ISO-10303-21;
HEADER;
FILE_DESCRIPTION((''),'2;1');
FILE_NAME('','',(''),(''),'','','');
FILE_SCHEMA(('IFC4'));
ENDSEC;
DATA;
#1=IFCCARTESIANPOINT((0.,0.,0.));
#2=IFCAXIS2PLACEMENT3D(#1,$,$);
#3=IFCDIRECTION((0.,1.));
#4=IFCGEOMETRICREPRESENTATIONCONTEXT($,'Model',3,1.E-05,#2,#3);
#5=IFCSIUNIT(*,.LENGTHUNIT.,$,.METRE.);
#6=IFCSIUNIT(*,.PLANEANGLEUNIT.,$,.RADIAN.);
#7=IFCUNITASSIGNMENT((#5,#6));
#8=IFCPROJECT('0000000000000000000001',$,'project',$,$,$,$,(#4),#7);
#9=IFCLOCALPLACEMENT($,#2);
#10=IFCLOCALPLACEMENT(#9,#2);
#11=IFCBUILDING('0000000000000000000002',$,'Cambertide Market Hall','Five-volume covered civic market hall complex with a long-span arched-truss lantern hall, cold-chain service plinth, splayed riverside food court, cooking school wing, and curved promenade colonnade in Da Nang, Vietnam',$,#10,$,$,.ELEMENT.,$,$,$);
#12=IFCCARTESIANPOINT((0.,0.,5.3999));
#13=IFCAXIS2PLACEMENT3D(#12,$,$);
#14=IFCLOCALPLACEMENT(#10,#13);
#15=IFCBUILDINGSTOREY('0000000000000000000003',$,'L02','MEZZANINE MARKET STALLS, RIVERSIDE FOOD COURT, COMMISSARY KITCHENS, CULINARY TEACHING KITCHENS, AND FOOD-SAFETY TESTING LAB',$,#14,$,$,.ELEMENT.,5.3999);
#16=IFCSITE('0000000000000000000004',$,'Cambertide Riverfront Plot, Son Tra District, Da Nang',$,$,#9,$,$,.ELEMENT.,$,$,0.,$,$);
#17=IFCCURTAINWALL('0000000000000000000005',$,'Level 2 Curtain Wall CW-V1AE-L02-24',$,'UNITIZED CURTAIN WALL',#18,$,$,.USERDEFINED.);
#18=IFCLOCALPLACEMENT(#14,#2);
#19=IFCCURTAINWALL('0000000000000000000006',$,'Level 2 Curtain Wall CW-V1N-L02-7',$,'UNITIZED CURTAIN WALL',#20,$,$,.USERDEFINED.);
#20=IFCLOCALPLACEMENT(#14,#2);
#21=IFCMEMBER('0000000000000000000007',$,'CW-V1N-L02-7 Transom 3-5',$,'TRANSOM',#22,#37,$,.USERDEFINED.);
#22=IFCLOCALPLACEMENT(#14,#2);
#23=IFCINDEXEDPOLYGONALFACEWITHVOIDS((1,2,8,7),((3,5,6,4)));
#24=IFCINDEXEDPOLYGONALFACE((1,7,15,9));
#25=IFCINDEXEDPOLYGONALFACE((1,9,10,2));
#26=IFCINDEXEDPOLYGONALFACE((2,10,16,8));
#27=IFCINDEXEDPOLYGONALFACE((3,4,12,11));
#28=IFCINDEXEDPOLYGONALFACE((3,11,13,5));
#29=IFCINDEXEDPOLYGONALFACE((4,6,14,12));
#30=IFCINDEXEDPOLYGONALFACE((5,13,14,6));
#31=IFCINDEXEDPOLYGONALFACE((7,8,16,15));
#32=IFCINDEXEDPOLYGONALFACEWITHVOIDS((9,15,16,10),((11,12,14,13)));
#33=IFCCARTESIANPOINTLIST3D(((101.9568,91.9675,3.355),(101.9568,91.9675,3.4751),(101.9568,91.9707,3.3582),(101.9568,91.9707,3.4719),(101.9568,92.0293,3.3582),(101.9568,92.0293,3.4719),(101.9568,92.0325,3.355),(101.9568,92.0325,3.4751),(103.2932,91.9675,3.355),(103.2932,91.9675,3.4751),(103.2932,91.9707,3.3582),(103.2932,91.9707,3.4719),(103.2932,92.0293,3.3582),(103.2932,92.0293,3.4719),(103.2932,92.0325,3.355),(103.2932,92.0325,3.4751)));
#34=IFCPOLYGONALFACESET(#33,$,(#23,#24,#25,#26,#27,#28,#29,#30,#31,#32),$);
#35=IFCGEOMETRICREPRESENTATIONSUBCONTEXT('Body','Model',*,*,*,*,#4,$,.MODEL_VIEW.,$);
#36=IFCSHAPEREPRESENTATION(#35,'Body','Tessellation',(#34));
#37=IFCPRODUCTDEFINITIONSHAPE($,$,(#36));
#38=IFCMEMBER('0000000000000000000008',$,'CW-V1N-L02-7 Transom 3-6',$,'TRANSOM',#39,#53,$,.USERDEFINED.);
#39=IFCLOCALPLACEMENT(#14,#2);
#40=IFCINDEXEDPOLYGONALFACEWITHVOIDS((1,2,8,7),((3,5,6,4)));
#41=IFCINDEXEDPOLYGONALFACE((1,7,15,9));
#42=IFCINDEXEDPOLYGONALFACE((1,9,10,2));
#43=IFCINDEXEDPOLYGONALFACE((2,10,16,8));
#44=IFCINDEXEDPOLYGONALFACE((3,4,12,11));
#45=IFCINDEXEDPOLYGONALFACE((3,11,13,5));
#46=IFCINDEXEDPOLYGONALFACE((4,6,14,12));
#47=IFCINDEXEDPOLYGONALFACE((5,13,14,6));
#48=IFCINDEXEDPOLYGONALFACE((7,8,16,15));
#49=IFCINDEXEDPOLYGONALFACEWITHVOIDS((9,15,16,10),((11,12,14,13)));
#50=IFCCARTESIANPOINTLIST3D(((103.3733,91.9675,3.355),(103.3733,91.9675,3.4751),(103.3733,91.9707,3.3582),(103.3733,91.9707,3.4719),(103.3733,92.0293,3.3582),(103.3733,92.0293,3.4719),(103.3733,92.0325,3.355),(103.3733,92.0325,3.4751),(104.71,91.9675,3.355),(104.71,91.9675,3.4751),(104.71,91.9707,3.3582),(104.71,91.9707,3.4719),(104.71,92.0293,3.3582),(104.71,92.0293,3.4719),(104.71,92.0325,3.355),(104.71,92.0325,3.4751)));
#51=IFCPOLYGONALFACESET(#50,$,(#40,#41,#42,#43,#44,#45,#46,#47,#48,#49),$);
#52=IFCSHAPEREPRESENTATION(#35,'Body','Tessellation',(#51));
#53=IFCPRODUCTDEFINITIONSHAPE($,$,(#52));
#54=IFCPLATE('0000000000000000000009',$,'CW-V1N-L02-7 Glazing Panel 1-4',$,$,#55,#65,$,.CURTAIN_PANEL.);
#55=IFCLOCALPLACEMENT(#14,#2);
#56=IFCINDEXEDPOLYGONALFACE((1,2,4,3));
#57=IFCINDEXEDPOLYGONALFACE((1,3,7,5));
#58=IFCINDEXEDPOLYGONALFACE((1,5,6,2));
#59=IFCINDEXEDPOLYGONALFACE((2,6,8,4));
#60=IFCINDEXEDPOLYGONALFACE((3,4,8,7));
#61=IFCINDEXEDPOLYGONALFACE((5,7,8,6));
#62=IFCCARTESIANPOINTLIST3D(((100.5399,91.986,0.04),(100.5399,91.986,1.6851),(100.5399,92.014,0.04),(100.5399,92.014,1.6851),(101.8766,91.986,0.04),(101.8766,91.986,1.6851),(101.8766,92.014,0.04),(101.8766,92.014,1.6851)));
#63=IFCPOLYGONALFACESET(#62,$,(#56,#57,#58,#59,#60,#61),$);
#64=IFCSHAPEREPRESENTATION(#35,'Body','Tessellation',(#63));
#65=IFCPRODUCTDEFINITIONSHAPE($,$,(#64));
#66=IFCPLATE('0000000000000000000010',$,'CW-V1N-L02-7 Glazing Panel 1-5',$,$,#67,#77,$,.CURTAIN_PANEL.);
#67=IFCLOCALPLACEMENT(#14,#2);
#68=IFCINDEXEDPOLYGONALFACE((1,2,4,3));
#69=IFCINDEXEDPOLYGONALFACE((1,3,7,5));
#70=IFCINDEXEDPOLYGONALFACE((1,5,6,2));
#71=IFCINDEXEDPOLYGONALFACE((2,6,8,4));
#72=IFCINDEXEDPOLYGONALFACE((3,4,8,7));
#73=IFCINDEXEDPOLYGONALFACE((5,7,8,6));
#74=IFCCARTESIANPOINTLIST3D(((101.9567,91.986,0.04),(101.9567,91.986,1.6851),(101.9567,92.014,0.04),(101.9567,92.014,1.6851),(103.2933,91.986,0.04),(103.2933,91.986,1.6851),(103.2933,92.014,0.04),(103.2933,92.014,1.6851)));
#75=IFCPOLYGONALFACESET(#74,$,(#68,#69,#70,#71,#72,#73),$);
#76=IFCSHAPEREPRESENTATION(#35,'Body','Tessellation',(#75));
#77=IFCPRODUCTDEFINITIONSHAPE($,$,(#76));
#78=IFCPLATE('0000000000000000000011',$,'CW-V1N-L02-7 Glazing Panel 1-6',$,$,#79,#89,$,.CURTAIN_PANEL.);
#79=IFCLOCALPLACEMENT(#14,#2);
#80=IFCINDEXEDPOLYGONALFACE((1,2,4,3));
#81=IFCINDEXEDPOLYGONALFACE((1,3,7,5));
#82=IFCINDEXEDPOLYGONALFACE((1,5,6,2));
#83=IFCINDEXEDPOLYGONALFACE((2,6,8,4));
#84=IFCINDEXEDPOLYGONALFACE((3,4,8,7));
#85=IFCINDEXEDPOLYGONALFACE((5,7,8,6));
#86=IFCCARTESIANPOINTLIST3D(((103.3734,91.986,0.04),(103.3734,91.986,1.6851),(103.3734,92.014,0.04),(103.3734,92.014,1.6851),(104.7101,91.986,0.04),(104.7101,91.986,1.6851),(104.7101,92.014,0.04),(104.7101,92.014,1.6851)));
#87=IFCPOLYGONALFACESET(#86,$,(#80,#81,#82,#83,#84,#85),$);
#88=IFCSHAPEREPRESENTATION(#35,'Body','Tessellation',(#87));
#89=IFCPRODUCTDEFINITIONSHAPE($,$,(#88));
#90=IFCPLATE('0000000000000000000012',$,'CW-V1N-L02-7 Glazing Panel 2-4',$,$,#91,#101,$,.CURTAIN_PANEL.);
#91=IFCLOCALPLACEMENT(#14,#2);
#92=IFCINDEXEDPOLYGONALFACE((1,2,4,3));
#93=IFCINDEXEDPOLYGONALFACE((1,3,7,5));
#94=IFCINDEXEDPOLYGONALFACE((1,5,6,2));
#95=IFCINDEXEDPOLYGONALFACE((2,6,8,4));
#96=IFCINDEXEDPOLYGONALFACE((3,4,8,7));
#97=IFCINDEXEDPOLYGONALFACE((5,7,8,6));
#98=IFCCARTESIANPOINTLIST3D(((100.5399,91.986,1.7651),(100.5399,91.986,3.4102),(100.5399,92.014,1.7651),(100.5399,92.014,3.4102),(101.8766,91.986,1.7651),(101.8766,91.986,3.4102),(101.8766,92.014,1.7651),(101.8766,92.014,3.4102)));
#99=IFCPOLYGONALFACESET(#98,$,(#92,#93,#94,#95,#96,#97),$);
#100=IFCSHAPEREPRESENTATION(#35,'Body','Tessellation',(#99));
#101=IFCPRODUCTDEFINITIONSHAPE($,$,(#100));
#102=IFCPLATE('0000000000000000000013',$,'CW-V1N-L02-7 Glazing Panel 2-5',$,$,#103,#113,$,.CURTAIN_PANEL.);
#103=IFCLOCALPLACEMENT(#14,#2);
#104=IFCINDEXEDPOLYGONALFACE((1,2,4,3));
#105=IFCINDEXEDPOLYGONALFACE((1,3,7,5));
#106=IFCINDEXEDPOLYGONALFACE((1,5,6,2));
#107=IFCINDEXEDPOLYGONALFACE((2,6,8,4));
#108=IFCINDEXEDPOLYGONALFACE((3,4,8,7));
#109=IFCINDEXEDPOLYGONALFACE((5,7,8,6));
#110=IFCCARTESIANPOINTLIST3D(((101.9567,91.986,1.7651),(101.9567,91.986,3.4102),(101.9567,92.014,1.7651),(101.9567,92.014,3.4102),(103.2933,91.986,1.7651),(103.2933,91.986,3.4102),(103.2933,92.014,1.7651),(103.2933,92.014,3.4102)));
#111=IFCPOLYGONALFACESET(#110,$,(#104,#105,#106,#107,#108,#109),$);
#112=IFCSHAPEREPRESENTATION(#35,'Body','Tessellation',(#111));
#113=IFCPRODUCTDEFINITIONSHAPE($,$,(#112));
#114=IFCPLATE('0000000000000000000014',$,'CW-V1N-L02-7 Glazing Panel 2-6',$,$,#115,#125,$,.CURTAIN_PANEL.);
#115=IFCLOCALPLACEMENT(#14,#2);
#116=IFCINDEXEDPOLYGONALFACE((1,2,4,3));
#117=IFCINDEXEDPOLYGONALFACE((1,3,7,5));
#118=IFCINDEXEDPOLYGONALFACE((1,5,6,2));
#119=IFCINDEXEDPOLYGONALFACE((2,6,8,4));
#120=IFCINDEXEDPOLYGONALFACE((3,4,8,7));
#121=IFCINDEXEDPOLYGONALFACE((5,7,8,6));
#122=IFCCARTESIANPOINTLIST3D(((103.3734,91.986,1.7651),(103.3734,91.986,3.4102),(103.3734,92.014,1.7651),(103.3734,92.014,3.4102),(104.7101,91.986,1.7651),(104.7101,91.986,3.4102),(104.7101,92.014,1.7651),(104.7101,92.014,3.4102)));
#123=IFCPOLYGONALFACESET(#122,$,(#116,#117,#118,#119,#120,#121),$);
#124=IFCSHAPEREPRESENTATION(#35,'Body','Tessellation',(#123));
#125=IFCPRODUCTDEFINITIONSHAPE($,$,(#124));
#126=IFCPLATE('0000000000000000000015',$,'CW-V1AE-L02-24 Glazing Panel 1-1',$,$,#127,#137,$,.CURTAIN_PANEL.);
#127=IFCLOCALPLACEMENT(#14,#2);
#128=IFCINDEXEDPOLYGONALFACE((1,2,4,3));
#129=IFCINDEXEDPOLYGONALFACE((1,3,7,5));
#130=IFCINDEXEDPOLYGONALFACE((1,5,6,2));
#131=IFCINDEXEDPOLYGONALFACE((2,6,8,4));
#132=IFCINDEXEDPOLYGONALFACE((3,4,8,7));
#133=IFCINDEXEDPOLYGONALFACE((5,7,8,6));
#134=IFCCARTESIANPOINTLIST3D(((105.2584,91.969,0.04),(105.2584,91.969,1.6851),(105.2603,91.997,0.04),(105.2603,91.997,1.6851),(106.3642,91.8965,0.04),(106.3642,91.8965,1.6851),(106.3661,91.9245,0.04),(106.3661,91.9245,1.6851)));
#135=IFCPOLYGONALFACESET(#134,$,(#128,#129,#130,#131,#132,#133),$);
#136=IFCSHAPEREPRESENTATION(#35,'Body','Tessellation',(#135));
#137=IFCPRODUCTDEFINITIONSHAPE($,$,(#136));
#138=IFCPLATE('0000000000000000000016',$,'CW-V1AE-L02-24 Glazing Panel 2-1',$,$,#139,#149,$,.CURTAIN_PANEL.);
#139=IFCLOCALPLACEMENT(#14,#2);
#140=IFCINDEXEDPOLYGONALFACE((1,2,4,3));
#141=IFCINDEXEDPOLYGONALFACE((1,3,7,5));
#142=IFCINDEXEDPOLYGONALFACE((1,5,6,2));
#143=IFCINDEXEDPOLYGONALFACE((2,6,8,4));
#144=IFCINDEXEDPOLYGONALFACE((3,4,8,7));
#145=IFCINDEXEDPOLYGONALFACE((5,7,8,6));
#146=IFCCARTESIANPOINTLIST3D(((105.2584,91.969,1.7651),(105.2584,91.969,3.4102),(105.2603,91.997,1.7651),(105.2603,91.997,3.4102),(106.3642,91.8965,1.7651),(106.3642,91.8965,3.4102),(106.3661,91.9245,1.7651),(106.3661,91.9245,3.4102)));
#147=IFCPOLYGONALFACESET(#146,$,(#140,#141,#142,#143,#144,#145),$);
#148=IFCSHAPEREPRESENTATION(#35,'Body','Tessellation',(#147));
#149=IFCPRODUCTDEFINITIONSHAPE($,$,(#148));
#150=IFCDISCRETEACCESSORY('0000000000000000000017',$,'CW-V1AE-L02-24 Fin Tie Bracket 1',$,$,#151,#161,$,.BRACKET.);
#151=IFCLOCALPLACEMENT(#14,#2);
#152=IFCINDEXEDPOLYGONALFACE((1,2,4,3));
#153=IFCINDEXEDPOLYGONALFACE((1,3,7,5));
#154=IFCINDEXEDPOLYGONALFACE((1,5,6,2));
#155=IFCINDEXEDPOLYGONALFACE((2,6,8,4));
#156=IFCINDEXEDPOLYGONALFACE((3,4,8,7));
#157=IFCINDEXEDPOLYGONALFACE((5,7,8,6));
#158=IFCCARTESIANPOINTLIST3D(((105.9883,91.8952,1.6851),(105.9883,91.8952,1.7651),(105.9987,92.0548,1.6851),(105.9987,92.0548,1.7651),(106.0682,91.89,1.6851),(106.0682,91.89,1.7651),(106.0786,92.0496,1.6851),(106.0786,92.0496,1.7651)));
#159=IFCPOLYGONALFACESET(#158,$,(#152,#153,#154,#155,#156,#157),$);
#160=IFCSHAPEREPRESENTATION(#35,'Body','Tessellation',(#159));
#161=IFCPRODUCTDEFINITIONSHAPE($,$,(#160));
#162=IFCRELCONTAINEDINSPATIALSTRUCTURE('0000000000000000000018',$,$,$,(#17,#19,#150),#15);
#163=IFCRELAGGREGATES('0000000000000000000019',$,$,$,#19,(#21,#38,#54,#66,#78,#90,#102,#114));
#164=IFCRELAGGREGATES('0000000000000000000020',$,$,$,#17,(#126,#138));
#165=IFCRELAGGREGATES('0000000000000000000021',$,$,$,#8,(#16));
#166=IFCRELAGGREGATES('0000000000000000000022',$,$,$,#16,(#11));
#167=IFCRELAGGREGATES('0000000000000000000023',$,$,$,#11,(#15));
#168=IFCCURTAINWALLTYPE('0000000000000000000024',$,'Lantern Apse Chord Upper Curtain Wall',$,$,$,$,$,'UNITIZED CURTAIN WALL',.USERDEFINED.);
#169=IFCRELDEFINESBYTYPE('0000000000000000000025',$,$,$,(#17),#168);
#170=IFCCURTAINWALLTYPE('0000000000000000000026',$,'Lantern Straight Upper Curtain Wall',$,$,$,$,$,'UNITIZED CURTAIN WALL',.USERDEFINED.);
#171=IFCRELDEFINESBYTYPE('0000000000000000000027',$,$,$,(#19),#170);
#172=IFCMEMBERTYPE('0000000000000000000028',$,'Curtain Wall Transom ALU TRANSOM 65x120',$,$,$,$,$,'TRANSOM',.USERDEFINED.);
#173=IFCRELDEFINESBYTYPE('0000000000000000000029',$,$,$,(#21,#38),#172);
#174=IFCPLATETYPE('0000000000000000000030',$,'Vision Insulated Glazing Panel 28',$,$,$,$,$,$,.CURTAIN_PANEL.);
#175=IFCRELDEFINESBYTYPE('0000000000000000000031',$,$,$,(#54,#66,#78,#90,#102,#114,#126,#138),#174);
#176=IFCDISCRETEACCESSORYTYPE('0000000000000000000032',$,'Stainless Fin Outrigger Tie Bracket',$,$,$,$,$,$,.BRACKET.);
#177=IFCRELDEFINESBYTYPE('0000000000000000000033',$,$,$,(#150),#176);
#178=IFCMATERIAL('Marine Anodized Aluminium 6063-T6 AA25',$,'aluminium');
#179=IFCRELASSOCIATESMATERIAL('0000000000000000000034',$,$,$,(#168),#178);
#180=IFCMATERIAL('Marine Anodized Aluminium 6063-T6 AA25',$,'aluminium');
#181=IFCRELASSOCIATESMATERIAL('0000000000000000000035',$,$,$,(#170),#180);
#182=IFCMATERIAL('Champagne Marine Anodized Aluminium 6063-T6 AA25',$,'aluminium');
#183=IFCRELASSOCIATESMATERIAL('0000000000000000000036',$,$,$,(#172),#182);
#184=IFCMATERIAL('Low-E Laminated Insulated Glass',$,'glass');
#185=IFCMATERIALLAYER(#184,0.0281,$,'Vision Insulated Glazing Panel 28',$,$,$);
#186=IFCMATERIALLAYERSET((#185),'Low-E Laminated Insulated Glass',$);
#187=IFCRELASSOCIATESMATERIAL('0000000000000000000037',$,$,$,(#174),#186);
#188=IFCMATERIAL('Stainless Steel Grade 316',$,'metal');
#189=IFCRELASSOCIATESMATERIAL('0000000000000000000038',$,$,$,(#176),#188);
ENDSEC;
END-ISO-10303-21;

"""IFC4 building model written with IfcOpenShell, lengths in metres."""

from ifc_helpers import new_model, si_unit, direction, frame, origin, origin_2d, place, context, subcontext, project, spatial, rectangle, hollow_rectangle, extrude, material, layer, layer_set, material_profile, profile_set, type_object, element, aggregate, save


model = new_model("IFC4")

# Units and contexts
model_context = context("Model", 3, precision=1e-05, world=origin(), true_north=direction((0.0, 1.0)))
body_context = subcontext(model_context, "Body", "Model", "MODEL_VIEW")
ifc_project = project(units=[si_unit("LENGTHUNIT", "METRE"), si_unit("PLANEANGLEUNIT", "RADIAN")], contexts=[model_context])

# Site, building, storey
site_placement = place(None, origin())
site = spatial("IfcSite", under=ifc_project, at=site_placement, Name="Cambertide Riverfront Plot, Son Tra District, Da Nang", CompositionType="ELEMENT", RefElevation=0.0)
building_placement = place(site_placement, origin())
building = spatial("IfcBuilding", under=site, at=building_placement, Name="Cambertide Market Hall", Description="Five-volume covered civic market hall complex with a long-span arched-truss lantern hall, cold-chain service plinth, splayed riverside food court, cooking school wing, and curved promenade colonnade in Da Nang, Vietnam", CompositionType="ELEMENT")
storey_placement = place(building_placement, frame((0.0, 0.0, 5.3999)))
storey = spatial("IfcBuildingStorey", under=building, at=storey_placement, Name="L02", Description="MEZZANINE MARKET STALLS, RIVERSIDE FOOD COURT, COMMISSARY KITCHENS, CULINARY TEACHING KITCHENS, AND FOOD-SAFETY TESTING LAB", CompositionType="ELEMENT", Elevation=5.3999)

# Curtain walls
ifc_material_1 = material(Name="Marine Anodized Aluminium 6063-T6 AA25", Category="aluminium")
curtain_wall_type_1 = type_object("IfcCurtainWallType", Name="Lantern Apse Chord Upper Curtain Wall", ElementType="UNITIZED CURTAIN WALL", PredefinedType="USERDEFINED", material=ifc_material_1)
curtain_wall_1_placement = place(storey_placement, origin())
curtain_wall_1 = element("IfcCurtainWall", 1, at=curtain_wall_1_placement, inside=storey, type_object=curtain_wall_type_1, Name="Level 2 Curtain Wall CW-V1AE-L02-24", ObjectType="UNITIZED CURTAIN WALL", PredefinedType="USERDEFINED")
ifc_material_2 = material(Name="Marine Anodized Aluminium 6063-T6 AA25", Category="aluminium")
curtain_wall_type_2 = type_object("IfcCurtainWallType", Name="Lantern Straight Upper Curtain Wall", ElementType="UNITIZED CURTAIN WALL", PredefinedType="USERDEFINED", material=ifc_material_2)
curtain_wall_2_placement = place(storey_placement, origin())
curtain_wall_2 = element("IfcCurtainWall", 2, at=curtain_wall_2_placement, inside=storey, type_object=curtain_wall_type_2, Name="Level 2 Curtain Wall CW-V1N-L02-7", ObjectType="UNITIZED CURTAIN WALL", PredefinedType="USERDEFINED")

# Members
ifc_material_3 = material(Name="Champagne Marine Anodized Aluminium 6063-T6 AA25", Category="aluminium")
ifc_material_profile_1 = material_profile(ifc_material_3, hollow_rectangle(XDim=0.0649, YDim=0.1201, WallThickness=0.0032, at=origin_2d()), Name="ALU TRANSOM 65x120")
ifc_profile_set_1 = profile_set([ifc_material_profile_1], Name="Champagne Marine Anodized Aluminium 6063-T6 AA25")
member_type_1 = type_object("IfcMemberType", Name="Curtain Wall Transom ALU TRANSOM 65x120", ElementType="TRANSOM", PredefinedType="USERDEFINED", material=ifc_profile_set_1)
member_1_placement = place(storey_placement, frame((101.9568, 92.0, 3.415), z_axis=(1.0, 0.0, 0.0), x_axis=(0.0, 1.0, 0.0)))
member_1 = element("IfcMember", 3, at=member_1_placement, type_object=member_type_1, Name="CW-V1N-L02-7 Transom 3-5", ObjectType="TRANSOM", PredefinedType="USERDEFINED", context=body_context, shape_type="SweptSolid", body=[
    extrude(hollow_rectangle(XDim=0.0649, YDim=0.1201, WallThickness=0.0032, at=origin_2d()), origin(), (0.0, 0.0, 1.0), 1.3364),
])
member_2_placement = place(storey_placement, frame((103.3733, 92.0, 3.415), z_axis=(1.0, 0.0, 0.0), x_axis=(0.0, 1.0, 0.0)))
member_2 = element("IfcMember", 4, at=member_2_placement, type_object=member_type_1, Name="CW-V1N-L02-7 Transom 3-6", ObjectType="TRANSOM", PredefinedType="USERDEFINED", context=body_context, shape_type="SweptSolid", body=[
    extrude(hollow_rectangle(XDim=0.0649, YDim=0.1201, WallThickness=0.0032, at=origin_2d()), origin(), (0.0, 0.0, 1.0), 1.3367),
])

# Plates
ifc_material_4 = material(Name="Low-E Laminated Insulated Glass", Category="glass")
ifc_layer = layer(ifc_material_4, 0.0281, Name="Vision Insulated Glazing Panel 28")
ifc_layer_set = layer_set([ifc_layer], Name="Low-E Laminated Insulated Glass")
plate_type = type_object("IfcPlateType", Name="Vision Insulated Glazing Panel 28", PredefinedType="CURTAIN_PANEL", material=ifc_layer_set)
plate_1_placement = place(storey_placement, frame((101.2083, 92.0, 0.04), z_axis=(0.0, 0.0, 1.0), x_axis=(1.0, 0.0, 0.0)))
plate_1 = element("IfcPlate", 5, at=plate_1_placement, type_object=plate_type, Name="CW-V1N-L02-7 Glazing Panel 1-4", PredefinedType="CURTAIN_PANEL", context=body_context, shape_type="SweptSolid", body=[
    extrude(rectangle(XDim=1.3367, YDim=0.0281, at=origin_2d()), origin(), (0.0, 0.0, 1.0), 1.645),
])
plate_2_placement = place(storey_placement, frame((102.625, 92.0, 0.04), z_axis=(0.0, 0.0, 1.0), x_axis=(1.0, 0.0, 0.0)))
plate_2 = element("IfcPlate", 6, at=plate_2_placement, type_object=plate_type, Name="CW-V1N-L02-7 Glazing Panel 1-5", PredefinedType="CURTAIN_PANEL", context=body_context, shape_type="SweptSolid", body=[
    extrude(rectangle(XDim=1.3367, YDim=0.0281, at=origin_2d()), origin(), (0.0, 0.0, 1.0), 1.645),
])
plate_3_placement = place(storey_placement, frame((104.0417, 92.0, 0.04), z_axis=(0.0, 0.0, 1.0), x_axis=(1.0, 0.0, 0.0)))
plate_3 = element("IfcPlate", 7, at=plate_3_placement, type_object=plate_type, Name="CW-V1N-L02-7 Glazing Panel 1-6", PredefinedType="CURTAIN_PANEL", context=body_context, shape_type="SweptSolid", body=[
    extrude(rectangle(XDim=1.3367, YDim=0.0281, at=origin_2d()), origin(), (0.0, 0.0, 1.0), 1.645),
])
plate_4_placement = place(storey_placement, frame((101.2083, 92.0, 1.7651), z_axis=(0.0, 0.0, 1.0), x_axis=(1.0, 0.0, 0.0)))
plate_4 = element("IfcPlate", 8, at=plate_4_placement, type_object=plate_type, Name="CW-V1N-L02-7 Glazing Panel 2-4", PredefinedType="CURTAIN_PANEL", context=body_context, shape_type="SweptSolid", body=[
    extrude(rectangle(XDim=1.3367, YDim=0.0281, at=origin_2d()), origin(), (0.0, 0.0, 1.0), 1.645),
])
plate_5_placement = place(storey_placement, frame((102.625, 92.0, 1.7651), z_axis=(0.0, 0.0, 1.0), x_axis=(1.0, 0.0, 0.0)))
plate_5 = element("IfcPlate", 9, at=plate_5_placement, type_object=plate_type, Name="CW-V1N-L02-7 Glazing Panel 2-5", PredefinedType="CURTAIN_PANEL", context=body_context, shape_type="SweptSolid", body=[
    extrude(rectangle(XDim=1.3367, YDim=0.0281, at=origin_2d()), origin(), (0.0, 0.0, 1.0), 1.645),
])
plate_6_placement = place(storey_placement, frame((104.0417, 92.0, 1.7651), z_axis=(0.0, 0.0, 1.0), x_axis=(1.0, 0.0, 0.0)))
plate_6 = element("IfcPlate", 10, at=plate_6_placement, type_object=plate_type, Name="CW-V1N-L02-7 Glazing Panel 2-6", PredefinedType="CURTAIN_PANEL", context=body_context, shape_type="SweptSolid", body=[
    extrude(rectangle(XDim=1.3367, YDim=0.0281, at=origin_2d()), origin(), (0.0, 0.0, 1.0), 1.645),
])
aggregate(curtain_wall_2, [member_1, member_2, plate_1, plate_2, plate_3, plate_4, plate_5, plate_6])
plate_7_placement = place(storey_placement, frame((105.8123, 91.9468, 0.04), z_axis=(0.0, 0.0, 1.0), x_axis=(0.997859, -0.065403, 0.0)))
plate_7 = element("IfcPlate", 11, at=plate_7_placement, type_object=plate_type, Name="CW-V1AE-L02-24 Glazing Panel 1-1", PredefinedType="CURTAIN_PANEL", context=body_context, shape_type="SweptSolid", body=[
    extrude(rectangle(XDim=1.1082, YDim=0.0281, at=origin_2d()), origin(), (0.0, 0.0, 1.0), 1.645),
])
plate_8_placement = place(storey_placement, frame((105.8123, 91.9468, 1.7651), z_axis=(0.0, 0.0, 1.0), x_axis=(0.997859, -0.065403, 0.0)))
plate_8 = element("IfcPlate", 12, at=plate_8_placement, type_object=plate_type, Name="CW-V1AE-L02-24 Glazing Panel 2-1", PredefinedType="CURTAIN_PANEL", context=body_context, shape_type="SweptSolid", body=[
    extrude(rectangle(XDim=1.1082, YDim=0.0281, at=origin_2d()), origin(), (0.0, 0.0, 1.0), 1.645),
])
aggregate(curtain_wall_1, [plate_7, plate_8])

# Discrete accessory
ifc_material_5 = material(Name="Stainless Steel Grade 316", Category="metal")
discrete_accessory_type = type_object("IfcDiscreteAccessoryType", Name="Stainless Fin Outrigger Tie Bracket", PredefinedType="BRACKET", material=ifc_material_5)
discrete_accessory_placement = place(storey_placement, frame((106.0334, 91.9724, 1.6851), z_axis=(0.0, 0.0, 1.0), x_axis=(0.997859, -0.065403, 0.0)))
element("IfcDiscreteAccessory", 13, at=discrete_accessory_placement, inside=storey, type_object=discrete_accessory_type, Name="CW-V1AE-L02-24 Fin Tie Bracket 1", PredefinedType="BRACKET", context=body_context, shape_type="SweptSolid", body=[
    extrude(rectangle(XDim=0.0801, YDim=0.1599, at=origin_2d()), origin(), (0.0, 0.0, 1.0), 0.0801),
])

save(model, "model.ifc")
